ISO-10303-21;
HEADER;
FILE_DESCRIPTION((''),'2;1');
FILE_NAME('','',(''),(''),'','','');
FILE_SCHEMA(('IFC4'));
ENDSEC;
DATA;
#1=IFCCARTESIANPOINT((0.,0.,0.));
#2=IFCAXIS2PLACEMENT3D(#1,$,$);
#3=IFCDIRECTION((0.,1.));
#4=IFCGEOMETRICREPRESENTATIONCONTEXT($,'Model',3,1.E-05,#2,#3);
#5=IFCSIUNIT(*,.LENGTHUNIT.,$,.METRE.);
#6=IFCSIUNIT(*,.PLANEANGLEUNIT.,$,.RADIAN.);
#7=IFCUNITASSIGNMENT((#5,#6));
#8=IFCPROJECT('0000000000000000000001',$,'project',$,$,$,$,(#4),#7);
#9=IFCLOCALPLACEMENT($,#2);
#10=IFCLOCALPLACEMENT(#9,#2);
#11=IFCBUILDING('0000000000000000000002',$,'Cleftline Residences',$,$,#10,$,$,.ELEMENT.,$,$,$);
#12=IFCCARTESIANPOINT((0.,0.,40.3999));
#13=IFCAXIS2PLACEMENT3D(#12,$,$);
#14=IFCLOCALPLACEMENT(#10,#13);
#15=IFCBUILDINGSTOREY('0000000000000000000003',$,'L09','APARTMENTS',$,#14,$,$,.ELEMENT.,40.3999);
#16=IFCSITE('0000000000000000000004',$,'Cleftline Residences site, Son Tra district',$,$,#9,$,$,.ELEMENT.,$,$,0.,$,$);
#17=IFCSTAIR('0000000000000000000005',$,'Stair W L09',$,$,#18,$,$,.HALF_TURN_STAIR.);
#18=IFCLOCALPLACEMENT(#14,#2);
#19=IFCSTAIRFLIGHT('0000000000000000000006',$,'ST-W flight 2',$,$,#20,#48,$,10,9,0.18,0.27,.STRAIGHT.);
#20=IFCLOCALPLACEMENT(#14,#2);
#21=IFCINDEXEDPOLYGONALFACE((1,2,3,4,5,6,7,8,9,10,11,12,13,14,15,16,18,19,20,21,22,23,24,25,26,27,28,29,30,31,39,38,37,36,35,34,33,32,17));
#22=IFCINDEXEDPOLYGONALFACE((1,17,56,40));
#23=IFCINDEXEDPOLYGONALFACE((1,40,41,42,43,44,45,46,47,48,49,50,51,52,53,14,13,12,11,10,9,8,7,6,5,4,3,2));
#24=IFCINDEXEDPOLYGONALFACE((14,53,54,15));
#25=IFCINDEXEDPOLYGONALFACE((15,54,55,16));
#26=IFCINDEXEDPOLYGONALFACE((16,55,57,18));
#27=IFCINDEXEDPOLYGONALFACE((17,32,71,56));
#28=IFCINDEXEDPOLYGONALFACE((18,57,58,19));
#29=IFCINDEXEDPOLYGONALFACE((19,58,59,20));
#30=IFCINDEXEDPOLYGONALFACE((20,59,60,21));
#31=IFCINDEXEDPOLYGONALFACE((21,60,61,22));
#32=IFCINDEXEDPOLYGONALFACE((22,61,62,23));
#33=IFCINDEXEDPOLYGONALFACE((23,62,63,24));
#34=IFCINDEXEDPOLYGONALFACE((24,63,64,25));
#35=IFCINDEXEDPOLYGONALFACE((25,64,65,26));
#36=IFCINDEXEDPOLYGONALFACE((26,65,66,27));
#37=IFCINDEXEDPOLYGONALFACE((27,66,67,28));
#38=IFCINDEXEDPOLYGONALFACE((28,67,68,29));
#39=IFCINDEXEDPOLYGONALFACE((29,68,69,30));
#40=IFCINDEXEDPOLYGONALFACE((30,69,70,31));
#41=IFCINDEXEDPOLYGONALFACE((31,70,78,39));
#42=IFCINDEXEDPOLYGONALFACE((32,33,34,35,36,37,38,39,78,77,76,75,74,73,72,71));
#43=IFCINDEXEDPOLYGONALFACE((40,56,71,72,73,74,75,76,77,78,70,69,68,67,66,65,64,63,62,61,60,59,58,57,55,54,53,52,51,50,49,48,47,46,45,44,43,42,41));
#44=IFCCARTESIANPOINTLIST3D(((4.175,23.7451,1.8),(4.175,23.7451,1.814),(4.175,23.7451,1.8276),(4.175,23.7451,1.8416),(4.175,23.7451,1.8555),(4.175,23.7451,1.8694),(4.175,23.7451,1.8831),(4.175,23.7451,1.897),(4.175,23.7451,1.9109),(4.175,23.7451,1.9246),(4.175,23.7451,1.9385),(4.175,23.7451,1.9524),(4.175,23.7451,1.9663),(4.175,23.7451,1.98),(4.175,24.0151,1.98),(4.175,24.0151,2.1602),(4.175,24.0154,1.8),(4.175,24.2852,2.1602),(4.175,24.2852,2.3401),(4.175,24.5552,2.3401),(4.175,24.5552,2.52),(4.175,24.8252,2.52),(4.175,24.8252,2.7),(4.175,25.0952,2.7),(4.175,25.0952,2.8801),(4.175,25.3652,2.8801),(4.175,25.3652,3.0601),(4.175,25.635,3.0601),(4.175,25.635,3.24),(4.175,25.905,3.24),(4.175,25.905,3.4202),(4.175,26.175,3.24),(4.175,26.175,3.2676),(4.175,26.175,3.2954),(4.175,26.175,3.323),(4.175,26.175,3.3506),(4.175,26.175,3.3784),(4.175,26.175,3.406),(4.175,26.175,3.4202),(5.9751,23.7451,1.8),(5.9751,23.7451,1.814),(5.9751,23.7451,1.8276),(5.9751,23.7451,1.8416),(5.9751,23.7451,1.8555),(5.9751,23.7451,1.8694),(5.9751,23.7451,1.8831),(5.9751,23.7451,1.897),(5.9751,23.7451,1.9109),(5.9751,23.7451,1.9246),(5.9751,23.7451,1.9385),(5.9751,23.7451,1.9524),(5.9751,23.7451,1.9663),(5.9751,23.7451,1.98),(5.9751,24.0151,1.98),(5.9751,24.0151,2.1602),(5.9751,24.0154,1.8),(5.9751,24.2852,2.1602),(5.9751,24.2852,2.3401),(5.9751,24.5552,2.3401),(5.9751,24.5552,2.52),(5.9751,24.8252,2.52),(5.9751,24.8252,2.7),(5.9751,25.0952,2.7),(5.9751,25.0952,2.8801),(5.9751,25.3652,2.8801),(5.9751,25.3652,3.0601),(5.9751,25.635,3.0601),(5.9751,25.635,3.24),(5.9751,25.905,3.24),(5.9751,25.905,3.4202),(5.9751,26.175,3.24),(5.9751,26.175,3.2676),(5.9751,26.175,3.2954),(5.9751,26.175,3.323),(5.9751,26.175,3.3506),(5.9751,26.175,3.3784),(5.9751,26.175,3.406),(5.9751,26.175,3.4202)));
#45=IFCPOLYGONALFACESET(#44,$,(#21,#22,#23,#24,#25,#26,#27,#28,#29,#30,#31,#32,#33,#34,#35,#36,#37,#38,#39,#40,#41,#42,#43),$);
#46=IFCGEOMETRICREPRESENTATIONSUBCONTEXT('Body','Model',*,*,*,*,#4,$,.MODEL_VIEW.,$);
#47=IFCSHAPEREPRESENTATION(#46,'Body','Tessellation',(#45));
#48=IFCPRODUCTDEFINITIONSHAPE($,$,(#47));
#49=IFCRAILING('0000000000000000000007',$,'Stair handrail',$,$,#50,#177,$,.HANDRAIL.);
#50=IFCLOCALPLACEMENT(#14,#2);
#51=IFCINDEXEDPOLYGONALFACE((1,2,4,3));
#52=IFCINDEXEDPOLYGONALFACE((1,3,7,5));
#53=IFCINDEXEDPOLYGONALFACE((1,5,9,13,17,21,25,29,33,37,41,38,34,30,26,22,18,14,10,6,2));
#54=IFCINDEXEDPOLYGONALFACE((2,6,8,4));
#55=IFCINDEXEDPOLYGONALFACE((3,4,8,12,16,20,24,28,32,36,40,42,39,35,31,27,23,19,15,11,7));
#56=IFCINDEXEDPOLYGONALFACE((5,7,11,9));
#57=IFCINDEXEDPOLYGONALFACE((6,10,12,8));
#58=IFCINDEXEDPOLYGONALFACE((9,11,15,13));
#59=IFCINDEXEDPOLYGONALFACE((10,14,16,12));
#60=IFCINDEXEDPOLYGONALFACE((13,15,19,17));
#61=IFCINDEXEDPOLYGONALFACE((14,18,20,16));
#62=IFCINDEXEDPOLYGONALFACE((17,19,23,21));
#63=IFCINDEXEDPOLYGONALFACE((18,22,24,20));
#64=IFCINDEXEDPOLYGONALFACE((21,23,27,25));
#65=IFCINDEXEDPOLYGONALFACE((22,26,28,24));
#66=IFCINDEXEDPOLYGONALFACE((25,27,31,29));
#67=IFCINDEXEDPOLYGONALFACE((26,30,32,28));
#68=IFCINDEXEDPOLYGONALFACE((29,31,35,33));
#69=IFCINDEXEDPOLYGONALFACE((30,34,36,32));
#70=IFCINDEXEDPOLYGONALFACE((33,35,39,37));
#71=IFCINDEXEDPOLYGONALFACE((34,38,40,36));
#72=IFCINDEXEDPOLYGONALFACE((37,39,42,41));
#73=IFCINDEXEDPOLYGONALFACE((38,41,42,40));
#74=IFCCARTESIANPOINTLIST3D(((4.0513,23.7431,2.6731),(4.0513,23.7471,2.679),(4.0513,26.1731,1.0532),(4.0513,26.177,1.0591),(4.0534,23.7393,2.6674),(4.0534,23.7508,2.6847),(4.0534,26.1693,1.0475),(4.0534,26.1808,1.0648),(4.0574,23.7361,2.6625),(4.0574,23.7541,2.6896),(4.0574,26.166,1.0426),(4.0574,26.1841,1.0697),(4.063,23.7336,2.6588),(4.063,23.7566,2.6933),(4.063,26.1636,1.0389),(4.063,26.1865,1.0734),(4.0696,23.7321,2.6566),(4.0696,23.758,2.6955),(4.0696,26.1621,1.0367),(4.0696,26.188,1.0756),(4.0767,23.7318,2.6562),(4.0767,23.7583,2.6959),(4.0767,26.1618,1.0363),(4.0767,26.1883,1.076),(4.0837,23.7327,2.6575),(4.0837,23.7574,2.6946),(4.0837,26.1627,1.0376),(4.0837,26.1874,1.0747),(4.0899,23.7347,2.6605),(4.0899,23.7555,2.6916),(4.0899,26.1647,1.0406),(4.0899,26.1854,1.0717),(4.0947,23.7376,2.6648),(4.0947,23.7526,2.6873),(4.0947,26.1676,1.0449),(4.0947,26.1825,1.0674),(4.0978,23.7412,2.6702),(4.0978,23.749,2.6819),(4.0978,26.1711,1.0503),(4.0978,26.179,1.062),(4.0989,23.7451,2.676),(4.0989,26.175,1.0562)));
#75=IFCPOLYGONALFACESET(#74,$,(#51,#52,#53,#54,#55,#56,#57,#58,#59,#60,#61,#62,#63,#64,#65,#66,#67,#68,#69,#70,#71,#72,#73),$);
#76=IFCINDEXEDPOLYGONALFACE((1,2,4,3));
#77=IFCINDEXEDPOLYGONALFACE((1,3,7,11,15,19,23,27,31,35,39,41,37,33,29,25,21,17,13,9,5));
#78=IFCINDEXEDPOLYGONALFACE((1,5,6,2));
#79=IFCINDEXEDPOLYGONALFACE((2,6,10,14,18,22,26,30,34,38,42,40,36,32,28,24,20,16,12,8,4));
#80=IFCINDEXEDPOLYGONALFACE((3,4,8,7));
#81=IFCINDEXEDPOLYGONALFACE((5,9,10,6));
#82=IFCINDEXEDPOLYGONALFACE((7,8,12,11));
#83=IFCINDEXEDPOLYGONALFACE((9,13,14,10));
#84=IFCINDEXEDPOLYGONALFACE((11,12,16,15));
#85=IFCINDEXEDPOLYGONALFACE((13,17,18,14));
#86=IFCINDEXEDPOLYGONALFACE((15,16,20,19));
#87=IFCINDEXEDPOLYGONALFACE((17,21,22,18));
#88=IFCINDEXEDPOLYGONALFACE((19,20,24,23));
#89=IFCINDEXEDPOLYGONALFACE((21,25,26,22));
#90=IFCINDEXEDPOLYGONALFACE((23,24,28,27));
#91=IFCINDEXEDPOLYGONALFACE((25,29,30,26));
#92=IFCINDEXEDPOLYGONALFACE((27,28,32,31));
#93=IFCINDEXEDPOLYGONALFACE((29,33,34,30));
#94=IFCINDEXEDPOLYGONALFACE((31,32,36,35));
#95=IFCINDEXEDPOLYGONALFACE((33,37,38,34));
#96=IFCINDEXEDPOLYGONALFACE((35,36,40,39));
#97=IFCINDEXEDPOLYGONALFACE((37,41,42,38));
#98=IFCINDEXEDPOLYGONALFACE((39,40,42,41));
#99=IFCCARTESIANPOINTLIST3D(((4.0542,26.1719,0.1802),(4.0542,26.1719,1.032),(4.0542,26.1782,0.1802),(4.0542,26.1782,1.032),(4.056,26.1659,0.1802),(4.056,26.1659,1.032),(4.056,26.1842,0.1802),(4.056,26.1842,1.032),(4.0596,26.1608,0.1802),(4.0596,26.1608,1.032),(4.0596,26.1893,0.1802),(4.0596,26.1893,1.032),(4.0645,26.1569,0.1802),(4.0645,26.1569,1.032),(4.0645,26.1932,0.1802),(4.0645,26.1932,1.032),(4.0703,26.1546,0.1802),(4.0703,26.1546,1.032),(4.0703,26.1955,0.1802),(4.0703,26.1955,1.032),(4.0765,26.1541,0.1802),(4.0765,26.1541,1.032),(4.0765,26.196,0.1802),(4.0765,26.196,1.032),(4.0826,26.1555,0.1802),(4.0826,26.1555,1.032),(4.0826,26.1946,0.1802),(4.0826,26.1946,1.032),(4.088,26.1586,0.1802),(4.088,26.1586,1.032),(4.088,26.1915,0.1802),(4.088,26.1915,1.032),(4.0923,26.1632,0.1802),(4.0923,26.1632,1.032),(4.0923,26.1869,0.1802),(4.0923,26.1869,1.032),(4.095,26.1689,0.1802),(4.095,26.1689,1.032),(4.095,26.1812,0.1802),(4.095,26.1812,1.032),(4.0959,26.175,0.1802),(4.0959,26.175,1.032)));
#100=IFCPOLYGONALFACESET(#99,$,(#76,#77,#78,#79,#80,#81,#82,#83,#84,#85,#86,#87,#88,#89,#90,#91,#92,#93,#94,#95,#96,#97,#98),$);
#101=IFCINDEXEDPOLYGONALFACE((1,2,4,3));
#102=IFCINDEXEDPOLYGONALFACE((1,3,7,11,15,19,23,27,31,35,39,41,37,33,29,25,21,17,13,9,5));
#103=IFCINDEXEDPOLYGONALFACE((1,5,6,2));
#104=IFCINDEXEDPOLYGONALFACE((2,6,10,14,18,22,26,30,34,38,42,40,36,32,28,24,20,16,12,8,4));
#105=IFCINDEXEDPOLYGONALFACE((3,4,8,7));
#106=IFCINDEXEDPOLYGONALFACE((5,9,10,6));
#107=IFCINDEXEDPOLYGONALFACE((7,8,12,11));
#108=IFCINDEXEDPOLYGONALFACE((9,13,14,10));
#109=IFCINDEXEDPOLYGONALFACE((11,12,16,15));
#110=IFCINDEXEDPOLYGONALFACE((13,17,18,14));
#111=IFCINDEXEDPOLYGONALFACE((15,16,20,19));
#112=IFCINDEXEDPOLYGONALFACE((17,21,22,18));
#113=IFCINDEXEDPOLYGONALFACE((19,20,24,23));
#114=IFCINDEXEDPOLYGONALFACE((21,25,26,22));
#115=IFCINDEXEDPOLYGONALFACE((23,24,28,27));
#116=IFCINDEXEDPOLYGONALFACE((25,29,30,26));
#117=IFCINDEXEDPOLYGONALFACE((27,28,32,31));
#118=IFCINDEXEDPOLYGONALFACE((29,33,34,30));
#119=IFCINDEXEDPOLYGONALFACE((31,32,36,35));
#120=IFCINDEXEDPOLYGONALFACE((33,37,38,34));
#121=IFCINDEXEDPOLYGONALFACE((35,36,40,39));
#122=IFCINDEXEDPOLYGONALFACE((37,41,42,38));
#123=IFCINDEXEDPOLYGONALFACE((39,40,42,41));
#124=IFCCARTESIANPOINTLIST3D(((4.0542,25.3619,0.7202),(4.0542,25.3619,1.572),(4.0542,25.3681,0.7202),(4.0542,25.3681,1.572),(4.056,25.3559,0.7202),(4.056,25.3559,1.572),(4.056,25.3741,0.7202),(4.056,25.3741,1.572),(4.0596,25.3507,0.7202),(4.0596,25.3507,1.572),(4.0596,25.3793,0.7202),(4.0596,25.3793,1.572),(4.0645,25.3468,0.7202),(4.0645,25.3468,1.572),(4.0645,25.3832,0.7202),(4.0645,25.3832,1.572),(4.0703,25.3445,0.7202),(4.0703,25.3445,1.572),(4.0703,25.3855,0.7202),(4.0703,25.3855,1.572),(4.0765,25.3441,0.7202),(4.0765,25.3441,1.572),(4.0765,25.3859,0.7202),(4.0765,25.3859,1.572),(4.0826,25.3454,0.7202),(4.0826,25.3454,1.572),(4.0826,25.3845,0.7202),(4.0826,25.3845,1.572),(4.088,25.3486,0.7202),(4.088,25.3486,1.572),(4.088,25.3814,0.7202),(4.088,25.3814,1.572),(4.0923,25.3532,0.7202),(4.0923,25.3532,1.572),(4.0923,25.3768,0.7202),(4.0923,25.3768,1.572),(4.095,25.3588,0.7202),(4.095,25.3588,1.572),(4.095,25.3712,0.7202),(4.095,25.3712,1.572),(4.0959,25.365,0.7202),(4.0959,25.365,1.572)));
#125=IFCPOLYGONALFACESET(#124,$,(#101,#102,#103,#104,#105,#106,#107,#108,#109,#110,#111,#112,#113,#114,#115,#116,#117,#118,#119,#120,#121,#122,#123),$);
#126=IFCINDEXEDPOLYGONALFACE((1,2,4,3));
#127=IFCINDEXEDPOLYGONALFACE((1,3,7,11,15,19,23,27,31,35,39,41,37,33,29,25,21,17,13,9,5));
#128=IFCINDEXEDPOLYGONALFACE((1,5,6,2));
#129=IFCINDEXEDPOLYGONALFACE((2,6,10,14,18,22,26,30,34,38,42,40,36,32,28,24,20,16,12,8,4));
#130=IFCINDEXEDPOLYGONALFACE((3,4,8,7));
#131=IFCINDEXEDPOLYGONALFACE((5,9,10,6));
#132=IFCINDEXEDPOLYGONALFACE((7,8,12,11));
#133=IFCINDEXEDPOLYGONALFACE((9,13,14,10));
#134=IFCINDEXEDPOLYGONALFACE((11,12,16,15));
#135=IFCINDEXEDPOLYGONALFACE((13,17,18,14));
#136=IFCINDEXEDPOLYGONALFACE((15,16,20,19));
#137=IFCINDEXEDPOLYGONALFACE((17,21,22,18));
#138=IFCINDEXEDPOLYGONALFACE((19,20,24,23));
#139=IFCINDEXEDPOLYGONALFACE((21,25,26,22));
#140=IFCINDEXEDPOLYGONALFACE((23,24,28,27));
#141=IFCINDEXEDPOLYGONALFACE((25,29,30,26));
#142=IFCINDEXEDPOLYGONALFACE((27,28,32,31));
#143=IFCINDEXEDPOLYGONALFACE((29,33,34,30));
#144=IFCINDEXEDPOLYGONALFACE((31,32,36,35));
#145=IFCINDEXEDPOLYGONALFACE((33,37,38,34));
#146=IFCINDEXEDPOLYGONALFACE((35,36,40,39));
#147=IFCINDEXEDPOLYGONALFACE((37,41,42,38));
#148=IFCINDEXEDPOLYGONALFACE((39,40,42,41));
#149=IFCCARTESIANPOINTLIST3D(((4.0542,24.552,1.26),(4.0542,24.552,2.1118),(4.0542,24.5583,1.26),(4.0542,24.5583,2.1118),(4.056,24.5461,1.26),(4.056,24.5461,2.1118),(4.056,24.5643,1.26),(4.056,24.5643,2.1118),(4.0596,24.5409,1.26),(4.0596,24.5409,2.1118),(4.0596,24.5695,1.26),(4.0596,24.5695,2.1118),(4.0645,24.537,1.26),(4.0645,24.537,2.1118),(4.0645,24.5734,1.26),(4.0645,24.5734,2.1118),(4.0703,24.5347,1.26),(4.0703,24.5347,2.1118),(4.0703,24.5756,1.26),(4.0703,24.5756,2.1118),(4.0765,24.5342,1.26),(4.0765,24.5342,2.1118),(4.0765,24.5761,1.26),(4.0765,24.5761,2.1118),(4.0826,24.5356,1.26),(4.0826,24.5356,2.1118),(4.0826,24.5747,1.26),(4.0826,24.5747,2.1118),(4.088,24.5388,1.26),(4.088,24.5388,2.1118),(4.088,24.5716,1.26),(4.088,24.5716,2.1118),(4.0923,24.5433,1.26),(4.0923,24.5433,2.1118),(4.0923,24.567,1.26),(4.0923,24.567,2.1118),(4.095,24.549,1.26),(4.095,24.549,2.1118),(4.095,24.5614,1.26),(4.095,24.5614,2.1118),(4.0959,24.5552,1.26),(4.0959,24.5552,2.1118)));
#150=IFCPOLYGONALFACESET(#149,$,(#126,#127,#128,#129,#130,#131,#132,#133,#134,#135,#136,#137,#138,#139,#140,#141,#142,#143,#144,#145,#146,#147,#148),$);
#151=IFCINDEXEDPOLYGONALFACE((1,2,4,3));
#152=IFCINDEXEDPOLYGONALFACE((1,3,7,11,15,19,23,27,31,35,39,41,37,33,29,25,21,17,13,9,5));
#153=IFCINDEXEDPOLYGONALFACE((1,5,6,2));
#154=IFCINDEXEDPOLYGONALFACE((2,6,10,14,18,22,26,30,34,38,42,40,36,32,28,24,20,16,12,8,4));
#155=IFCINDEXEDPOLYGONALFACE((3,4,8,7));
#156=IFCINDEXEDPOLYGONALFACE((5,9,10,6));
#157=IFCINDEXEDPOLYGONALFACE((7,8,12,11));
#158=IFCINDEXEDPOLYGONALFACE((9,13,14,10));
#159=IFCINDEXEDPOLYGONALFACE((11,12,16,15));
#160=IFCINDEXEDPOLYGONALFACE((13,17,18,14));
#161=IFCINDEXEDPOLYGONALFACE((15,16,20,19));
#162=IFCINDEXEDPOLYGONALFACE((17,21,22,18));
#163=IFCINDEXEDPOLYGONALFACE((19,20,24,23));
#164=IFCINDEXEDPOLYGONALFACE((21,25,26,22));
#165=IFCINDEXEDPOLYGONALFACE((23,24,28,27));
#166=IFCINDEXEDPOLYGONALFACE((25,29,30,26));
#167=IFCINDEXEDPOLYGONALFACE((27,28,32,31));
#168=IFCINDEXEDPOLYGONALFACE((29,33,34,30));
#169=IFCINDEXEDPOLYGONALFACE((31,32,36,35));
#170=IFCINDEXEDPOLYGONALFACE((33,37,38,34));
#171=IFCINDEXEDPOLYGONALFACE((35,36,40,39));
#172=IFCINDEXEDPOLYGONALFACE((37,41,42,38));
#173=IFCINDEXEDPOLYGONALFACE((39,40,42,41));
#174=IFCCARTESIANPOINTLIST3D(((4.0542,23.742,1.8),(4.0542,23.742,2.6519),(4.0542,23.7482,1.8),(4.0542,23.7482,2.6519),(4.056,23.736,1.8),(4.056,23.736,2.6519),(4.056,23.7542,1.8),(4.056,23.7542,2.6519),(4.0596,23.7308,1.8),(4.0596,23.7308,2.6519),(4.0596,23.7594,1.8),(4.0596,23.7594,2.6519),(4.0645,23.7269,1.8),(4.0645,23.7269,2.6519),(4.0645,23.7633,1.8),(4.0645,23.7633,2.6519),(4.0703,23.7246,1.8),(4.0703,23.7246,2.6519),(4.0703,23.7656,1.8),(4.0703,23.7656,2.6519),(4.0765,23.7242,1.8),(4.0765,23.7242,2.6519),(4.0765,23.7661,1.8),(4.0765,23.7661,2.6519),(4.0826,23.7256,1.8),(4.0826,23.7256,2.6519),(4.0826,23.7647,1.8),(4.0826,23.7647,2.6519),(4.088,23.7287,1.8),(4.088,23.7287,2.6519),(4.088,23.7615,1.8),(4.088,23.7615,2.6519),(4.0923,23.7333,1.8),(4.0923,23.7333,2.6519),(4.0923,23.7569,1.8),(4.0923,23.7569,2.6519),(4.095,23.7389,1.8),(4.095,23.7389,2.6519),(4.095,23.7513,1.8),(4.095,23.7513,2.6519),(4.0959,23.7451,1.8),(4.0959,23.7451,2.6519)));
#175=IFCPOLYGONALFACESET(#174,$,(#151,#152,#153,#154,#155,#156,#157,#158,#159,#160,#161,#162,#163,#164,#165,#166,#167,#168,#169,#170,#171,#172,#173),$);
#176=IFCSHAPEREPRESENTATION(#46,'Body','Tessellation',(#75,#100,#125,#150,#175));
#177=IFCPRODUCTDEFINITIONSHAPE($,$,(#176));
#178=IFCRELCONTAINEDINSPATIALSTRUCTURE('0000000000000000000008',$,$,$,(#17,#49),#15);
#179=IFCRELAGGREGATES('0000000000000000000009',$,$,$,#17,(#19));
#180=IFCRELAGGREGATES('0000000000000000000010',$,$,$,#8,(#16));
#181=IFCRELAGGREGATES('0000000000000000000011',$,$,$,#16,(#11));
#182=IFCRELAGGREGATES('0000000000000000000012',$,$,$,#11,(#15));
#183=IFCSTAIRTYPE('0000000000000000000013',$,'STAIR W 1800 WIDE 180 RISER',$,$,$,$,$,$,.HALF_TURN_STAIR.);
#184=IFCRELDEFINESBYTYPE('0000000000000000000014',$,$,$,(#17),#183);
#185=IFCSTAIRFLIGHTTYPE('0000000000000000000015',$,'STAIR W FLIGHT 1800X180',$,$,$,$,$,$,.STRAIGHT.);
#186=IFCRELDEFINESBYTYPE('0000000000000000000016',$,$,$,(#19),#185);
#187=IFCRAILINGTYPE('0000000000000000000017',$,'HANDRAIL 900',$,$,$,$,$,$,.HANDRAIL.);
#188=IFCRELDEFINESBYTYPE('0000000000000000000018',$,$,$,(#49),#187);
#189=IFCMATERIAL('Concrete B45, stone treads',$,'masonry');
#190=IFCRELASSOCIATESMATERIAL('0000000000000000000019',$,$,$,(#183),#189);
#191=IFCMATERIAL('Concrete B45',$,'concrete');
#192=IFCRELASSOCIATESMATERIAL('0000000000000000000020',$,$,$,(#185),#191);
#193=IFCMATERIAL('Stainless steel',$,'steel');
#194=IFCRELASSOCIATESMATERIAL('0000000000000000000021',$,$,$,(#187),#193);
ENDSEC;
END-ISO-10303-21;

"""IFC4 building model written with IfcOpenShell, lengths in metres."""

from ifc_helpers import new_model, si_unit, direction, frame, origin, origin_2d, place, context, subcontext, project, spatial, polyline, circle, outline, extrude, material, type_object, element, aggregate, save


model = new_model("IFC4")

# Units and contexts
model_context = context("Model", 3, precision=1e-05, world=origin(), true_north=direction((0.0, 1.0)))
body_context = subcontext(model_context, "Body", "Model", "MODEL_VIEW")
ifc_project = project(units=[si_unit("LENGTHUNIT", "METRE"), si_unit("PLANEANGLEUNIT", "RADIAN")], contexts=[model_context])

# Site, building, storey
site_placement = place(None, origin())
site = spatial("IfcSite", under=ifc_project, at=site_placement, Name="Cleftline Residences site, Son Tra district", CompositionType="ELEMENT", RefElevation=0.0)
building_placement = place(site_placement, origin())
building = spatial("IfcBuilding", under=site, at=building_placement, Name="Cleftline Residences", CompositionType="ELEMENT")
storey_placement = place(building_placement, frame((0.0, 0.0, 40.3999)))
storey = spatial("IfcBuildingStorey", under=building, at=storey_placement, Name="L09", Description="APARTMENTS", CompositionType="ELEMENT", Elevation=40.3999)

# Stair, stair flight
ifc_material_1 = material(Name="Concrete B45, stone treads", Category="masonry")
stair_type = type_object("IfcStairType", Name="STAIR W 1800 WIDE 180 RISER", PredefinedType="HALF_TURN_STAIR", material=ifc_material_1)
stair_placement = place(storey_placement, origin())
stair = element("IfcStair", 1, at=stair_placement, inside=storey, type_object=stair_type, Name="Stair W L09", PredefinedType="HALF_TURN_STAIR")
ifc_material_2 = material(Name="Concrete B45", Category="concrete")
stair_flight_type = type_object("IfcStairFlightType", Name="STAIR W FLIGHT 1800X180", PredefinedType="STRAIGHT", material=ifc_material_2)
stair_flight_1_placement = place(storey_placement, frame((5.075, 23.7451, 1.8), z_axis=(0.0, 0.0, 1.0), x_axis=(0.0, 1.0, 0.0)))
stair_flight_1 = element("IfcStairFlight", 2, at=stair_flight_1_placement, type_object=stair_flight_type, Name="ST-W flight 2", NumberOfRisers=10, NumberOfTreads=9, PredefinedType="STRAIGHT", RiserHeight=0.18, TreadLength=0.27, context=body_context, shape_type="SweptSolid", body=[
    extrude(outline(polyline([(0.0, 0.0), (0.0, 0.0139), (0.0, 0.0276), (0.0, 0.0415), (0.0, 0.0554), (0.0, 0.0693), (0.0, 0.083), (0.0, 0.0969), (0.0, 0.1108), (0.0, 0.1245), (0.0, 0.1384), (0.0, 0.1523), (0.0, 0.1663), (0.0, 0.1799), (0.27, 0.1799), (0.27, 0.3601), (0.54, 0.3601), (0.54, 0.54), (0.8101, 0.54), (0.8101, 0.72), (1.0801, 0.72), (1.0801, 0.8999), (1.3501, 0.8999), (1.3501, 1.0801), (1.6201, 1.0801), (1.6201, 1.26), (1.8899, 1.26), (1.8899, 1.4399), (2.1599, 1.4399), (2.1599, 1.6201), (2.4299, 1.6201), (2.4299, 1.8), (2.4299, 1.7722), (2.4299, 1.7446), (2.4299, 1.7168), (2.4299, 1.6892), (2.4299, 1.6614), (2.4299, 1.6338), (2.4299, 1.606), (2.4299, 1.5784), (2.4299, 1.5505), (2.4299, 1.5229), (2.4299, 1.4954), (2.4299, 1.4675), (2.4299, 1.4399), (0.2703, 0.0), (0.0, 0.0)])), frame((0.0, 0.8999, 0.0), z_axis=(0.0, -1.0, 0.0), x_axis=(1.0, 0.0, 0.0)), (0.0, 0.0, 1.0), 1.8),
])
aggregate(stair, [stair_flight_1])

# Railing
ifc_material_3 = material(Name="Stainless steel", Category="steel")
railing_type = type_object("IfcRailingType", Name="HANDRAIL 900", PredefinedType="HANDRAIL", material=ifc_material_3)
railing_1_placement = place(storey_placement, frame((4.075, 26.175, 0.1802)))
element("IfcRailing", 3, at=railing_1_placement, inside=storey, type_object=railing_type, Name="Stair handrail", PredefinedType="HANDRAIL", context=body_context, shape_type="SweptSolid", body=[
    extrude(circle(Radius=0.0239, at=origin_2d()), frame((0.0, 0.0, 0.876), z_axis=(0.0, -0.832063, 0.554681), x_axis=(1.0, 0.0, 0.0)), (0.0, 0.0, 1.0), 2.9204),
    extrude(circle(Radius=0.021, at=origin_2d()), origin(), (0.0, 0.0, 1.0), 0.8518),
    extrude(circle(Radius=0.021, at=origin_2d()), frame((0.0, -0.8101, 0.54)), (0.0, 0.0, 1.0), 0.8518),
    extrude(circle(Radius=0.021, at=origin_2d()), frame((0.0, -1.6199, 1.0798)), (0.0, 0.0, 1.0), 0.8518),
    extrude(circle(Radius=0.021, at=origin_2d()), frame((0.0, -2.4299, 1.6199)), (0.0, 0.0, 1.0), 0.8518),
])

save(model, "model.ifc")
